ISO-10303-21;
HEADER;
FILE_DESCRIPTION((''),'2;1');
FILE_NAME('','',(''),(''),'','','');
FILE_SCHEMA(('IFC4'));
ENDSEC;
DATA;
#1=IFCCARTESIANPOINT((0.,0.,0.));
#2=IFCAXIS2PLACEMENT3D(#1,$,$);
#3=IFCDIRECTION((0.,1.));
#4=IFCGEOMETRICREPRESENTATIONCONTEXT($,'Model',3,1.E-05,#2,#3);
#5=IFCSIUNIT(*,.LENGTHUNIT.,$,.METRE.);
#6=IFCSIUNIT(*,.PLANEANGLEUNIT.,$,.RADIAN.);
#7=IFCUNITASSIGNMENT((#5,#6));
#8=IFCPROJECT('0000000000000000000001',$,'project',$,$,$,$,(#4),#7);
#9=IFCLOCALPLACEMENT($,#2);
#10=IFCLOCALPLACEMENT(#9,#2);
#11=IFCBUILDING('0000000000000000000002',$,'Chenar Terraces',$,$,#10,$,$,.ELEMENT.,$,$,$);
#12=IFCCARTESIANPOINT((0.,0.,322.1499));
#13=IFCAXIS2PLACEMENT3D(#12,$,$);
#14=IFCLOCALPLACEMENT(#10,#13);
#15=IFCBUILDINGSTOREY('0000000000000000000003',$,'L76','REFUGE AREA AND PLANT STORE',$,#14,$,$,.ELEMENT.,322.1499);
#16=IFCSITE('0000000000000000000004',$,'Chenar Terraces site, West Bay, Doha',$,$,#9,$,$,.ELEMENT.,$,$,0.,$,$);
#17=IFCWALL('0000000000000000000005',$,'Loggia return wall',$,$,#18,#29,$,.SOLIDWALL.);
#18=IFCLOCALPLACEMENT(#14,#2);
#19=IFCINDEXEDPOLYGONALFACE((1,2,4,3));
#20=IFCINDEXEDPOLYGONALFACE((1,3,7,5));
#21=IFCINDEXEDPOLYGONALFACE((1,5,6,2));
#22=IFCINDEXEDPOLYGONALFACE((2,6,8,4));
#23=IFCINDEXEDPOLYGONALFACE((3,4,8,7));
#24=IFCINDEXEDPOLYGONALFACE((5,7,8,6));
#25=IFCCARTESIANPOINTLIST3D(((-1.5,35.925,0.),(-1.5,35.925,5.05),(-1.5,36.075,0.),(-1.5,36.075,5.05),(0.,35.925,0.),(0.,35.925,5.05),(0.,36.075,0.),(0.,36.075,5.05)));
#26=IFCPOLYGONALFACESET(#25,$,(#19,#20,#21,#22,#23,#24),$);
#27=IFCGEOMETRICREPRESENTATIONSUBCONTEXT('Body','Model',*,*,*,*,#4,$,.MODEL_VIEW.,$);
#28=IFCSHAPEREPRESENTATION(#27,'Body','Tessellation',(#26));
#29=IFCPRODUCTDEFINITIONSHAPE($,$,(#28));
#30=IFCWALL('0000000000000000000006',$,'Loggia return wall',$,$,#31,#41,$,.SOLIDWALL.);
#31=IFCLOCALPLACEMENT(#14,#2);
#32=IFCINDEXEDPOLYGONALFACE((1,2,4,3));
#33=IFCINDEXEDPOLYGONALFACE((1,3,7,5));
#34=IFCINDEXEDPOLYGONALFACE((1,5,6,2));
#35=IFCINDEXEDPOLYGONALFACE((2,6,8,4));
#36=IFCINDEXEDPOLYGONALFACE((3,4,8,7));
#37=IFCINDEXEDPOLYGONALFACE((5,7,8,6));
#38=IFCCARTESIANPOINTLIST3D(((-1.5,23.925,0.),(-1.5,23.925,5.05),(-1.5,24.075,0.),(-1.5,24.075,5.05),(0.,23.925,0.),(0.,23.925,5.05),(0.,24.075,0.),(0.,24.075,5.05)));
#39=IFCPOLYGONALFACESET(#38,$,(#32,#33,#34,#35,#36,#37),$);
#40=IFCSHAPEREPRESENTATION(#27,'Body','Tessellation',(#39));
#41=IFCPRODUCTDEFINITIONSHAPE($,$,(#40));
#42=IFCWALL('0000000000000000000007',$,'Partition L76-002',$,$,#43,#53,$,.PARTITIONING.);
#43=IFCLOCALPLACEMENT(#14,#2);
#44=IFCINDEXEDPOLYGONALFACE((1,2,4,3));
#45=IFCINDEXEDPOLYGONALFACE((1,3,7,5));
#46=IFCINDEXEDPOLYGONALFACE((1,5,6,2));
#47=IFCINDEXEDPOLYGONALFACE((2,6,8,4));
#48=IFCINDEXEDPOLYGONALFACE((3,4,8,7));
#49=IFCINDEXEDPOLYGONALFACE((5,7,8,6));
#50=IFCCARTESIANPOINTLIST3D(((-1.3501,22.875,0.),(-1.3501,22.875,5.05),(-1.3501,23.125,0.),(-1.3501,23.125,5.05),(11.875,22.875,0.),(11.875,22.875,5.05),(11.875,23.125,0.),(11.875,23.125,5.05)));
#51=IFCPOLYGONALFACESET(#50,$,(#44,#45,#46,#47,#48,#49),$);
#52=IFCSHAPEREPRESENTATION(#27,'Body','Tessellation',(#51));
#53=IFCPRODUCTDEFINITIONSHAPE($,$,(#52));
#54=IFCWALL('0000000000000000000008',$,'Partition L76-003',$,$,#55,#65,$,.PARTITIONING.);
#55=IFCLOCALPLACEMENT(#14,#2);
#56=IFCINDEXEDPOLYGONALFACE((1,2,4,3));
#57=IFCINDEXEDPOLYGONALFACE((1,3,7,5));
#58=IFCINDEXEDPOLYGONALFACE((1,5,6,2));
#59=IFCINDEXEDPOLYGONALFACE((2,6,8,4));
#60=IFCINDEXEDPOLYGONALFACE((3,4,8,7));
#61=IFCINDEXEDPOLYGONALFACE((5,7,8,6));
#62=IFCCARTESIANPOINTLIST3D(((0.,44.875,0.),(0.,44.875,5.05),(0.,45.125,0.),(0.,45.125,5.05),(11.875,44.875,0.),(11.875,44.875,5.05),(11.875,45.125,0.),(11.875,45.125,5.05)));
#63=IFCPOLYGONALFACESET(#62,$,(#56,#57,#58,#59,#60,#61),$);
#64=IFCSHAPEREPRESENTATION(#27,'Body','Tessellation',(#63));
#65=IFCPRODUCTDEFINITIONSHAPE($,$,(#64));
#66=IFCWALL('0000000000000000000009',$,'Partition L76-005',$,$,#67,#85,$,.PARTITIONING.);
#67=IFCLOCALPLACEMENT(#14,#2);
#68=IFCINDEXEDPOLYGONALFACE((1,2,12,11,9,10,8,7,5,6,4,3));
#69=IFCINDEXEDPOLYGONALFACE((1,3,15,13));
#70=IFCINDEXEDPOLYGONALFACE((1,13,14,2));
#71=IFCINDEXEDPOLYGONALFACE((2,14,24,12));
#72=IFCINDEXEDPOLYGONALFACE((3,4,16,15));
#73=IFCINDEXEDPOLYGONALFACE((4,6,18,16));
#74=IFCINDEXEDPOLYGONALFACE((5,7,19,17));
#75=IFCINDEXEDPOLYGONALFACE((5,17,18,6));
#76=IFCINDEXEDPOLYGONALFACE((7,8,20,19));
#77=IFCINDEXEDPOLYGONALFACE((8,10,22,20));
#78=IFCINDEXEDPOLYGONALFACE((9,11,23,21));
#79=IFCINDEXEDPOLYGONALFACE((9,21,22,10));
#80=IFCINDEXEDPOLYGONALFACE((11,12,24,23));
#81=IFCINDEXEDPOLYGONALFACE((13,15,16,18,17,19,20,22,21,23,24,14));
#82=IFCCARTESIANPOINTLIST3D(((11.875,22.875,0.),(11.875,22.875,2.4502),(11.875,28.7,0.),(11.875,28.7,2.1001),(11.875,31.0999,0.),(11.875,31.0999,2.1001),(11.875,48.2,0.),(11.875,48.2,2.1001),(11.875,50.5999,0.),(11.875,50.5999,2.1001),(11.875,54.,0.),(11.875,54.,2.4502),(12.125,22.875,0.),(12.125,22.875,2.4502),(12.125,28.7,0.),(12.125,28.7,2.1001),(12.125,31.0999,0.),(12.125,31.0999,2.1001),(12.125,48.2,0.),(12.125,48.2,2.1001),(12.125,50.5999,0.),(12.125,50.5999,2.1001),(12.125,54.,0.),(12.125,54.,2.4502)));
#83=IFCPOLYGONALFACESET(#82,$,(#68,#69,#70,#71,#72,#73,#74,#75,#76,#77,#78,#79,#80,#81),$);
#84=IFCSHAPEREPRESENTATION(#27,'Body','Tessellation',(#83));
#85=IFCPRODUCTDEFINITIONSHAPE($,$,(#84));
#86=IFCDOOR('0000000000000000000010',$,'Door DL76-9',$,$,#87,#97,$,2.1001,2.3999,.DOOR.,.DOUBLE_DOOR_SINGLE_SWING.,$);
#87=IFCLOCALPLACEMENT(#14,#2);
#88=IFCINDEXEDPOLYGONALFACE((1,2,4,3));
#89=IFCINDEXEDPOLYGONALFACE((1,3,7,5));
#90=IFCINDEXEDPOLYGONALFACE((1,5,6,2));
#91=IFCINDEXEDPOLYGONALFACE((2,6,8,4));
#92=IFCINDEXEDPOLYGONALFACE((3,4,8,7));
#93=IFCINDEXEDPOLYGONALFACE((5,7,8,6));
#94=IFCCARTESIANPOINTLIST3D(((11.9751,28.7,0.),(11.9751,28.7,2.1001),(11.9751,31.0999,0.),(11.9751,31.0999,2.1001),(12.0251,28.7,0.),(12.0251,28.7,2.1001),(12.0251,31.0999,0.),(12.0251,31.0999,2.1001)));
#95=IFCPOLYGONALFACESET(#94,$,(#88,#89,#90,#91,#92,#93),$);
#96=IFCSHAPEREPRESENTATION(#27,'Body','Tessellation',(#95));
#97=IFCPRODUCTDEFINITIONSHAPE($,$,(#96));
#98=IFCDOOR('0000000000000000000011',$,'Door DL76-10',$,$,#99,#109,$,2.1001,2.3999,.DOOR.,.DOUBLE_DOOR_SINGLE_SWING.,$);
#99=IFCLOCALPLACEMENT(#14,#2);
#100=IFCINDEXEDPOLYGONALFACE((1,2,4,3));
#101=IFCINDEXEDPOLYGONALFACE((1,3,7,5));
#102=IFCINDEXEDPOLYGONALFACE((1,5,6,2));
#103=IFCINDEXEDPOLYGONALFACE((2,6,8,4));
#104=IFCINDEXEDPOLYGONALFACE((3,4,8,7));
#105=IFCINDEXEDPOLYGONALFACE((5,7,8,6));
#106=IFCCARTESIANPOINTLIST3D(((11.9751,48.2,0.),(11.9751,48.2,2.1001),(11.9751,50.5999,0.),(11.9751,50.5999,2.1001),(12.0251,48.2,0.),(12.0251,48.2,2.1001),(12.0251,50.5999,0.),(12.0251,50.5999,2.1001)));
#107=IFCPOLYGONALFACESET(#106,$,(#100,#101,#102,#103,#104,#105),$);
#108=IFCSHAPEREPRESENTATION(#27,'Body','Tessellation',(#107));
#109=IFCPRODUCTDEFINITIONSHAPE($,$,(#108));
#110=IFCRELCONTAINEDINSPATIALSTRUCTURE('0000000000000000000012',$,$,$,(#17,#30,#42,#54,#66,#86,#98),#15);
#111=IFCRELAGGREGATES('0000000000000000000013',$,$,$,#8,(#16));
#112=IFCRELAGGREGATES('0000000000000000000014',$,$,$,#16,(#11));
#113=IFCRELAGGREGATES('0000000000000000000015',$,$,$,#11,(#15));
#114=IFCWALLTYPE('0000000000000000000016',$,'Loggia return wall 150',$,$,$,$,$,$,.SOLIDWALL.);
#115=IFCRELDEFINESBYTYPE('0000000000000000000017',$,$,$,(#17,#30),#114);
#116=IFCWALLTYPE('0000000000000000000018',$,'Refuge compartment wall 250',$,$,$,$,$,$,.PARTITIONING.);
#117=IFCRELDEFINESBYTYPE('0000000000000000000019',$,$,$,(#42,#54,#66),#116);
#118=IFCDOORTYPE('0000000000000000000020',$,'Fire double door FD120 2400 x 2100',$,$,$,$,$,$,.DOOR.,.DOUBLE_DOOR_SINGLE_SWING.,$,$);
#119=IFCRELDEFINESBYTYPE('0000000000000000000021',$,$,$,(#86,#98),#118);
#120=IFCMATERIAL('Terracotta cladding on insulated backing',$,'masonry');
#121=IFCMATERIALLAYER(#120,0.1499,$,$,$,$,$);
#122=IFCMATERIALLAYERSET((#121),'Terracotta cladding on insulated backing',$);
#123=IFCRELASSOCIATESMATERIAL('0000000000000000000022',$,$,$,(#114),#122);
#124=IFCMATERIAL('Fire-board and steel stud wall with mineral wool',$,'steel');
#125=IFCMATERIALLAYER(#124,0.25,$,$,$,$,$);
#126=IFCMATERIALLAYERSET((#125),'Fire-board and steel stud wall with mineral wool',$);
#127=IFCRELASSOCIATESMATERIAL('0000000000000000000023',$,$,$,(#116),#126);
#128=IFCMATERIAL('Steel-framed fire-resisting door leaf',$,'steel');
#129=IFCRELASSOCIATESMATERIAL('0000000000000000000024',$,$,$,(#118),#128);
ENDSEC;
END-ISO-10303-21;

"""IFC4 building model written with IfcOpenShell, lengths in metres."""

from ifc_helpers import new_model, si_unit, direction, frame, frame_2d, origin, place, context, subcontext, project, spatial, rectangle, extrude, material, layer, layer_set, type_object, element, fill, save


model = new_model("IFC4")

# Units and contexts
model_context = context("Model", 3, precision=1e-05, world=origin(), true_north=direction((0.0, 1.0)))
body_context = subcontext(model_context, "Body", "Model", "MODEL_VIEW")
ifc_project = project(units=[si_unit("LENGTHUNIT", "METRE"), si_unit("PLANEANGLEUNIT", "RADIAN")], contexts=[model_context])

# Site, building, storey
site_placement = place(None, origin())
site = spatial("IfcSite", under=ifc_project, at=site_placement, Name="Chenar Terraces site, West Bay, Doha", CompositionType="ELEMENT", RefElevation=0.0)
building_placement = place(site_placement, origin())
building = spatial("IfcBuilding", under=site, at=building_placement, Name="Chenar Terraces", CompositionType="ELEMENT")
storey_placement = place(building_placement, frame((0.0, 0.0, 322.1499)))
storey = spatial("IfcBuildingStorey", under=building, at=storey_placement, Name="L76", Description="REFUGE AREA AND PLANT STORE", CompositionType="ELEMENT", Elevation=322.1499)

# Shared definitions
placement = place(storey_placement, frame((0.0, 45.0, 0.0), z_axis=(0.0, 0.0, 1.0), x_axis=(1.0, 0.0, 0.0)))

# Walls
ifc_material_1 = material(Name="Terracotta cladding on insulated backing", Category="masonry")
ifc_layer_1 = layer(ifc_material_1, 0.1499)
ifc_layer_set_1 = layer_set([ifc_layer_1], Name="Terracotta cladding on insulated backing")
wall_type_1 = type_object("IfcWallType", Name="Loggia return wall 150", PredefinedType="SOLIDWALL", material=ifc_layer_set_1)
for number, where, z_axis, x_axis, name in (
    (1, (-1.5, 36.0, 0.0), (0.0, 0.0, 1.0), (1.0, 0.0, 0.0), "Loggia return wall"),
    (2, (-1.5, 24.0, 0.0), (0.0, 0.0, 1.0), (1.0, 0.0, 0.0), "Loggia return wall"),
):
    element("IfcWall", number, at=place(storey_placement, frame(where, z_axis=z_axis, x_axis=x_axis)), inside=storey, type_object=wall_type_1, Name=name, PredefinedType="SOLIDWALL", context=body_context, shape_type="SweptSolid", body=[
        extrude(rectangle(XDim=1.5, YDim=0.1499, at=frame_2d((0.75, 0.0))), origin(), (0.0, 0.0, 1.0), 5.05),
    ])
ifc_material_2 = material(Name="Fire-board and steel stud wall with mineral wool", Category="steel")
ifc_layer_2 = layer(ifc_material_2, 0.25)
ifc_layer_set_2 = layer_set([ifc_layer_2], Name="Fire-board and steel stud wall with mineral wool")
wall_type_2 = type_object("IfcWallType", Name="Refuge compartment wall 250", PredefinedType="PARTITIONING", material=ifc_layer_set_2)
wall_1_placement = place(storey_placement, frame((-1.3501, 23.0, 0.0), z_axis=(0.0, 0.0, 1.0), x_axis=(1.0, 0.0, 0.0)))
element("IfcWall", 3, at=wall_1_placement, inside=storey, type_object=wall_type_2, Name="Partition L76-002", PredefinedType="PARTITIONING", context=body_context, shape_type="SweptSolid", body=[
    extrude(rectangle(XDim=13.2251, YDim=0.25, at=frame_2d((6.6125, 0.0))), origin(), (0.0, 0.0, 1.0), 5.05),
])
element("IfcWall", 4, at=placement, inside=storey, type_object=wall_type_2, Name="Partition L76-003", PredefinedType="PARTITIONING", context=body_context, shape_type="SweptSolid", body=[
    extrude(rectangle(XDim=11.875, YDim=0.25, at=frame_2d((5.9375, 0.0))), origin(), (0.0, 0.0, 1.0), 5.05),
])

# Wall, openings, doors
wall_2_placement = place(storey_placement, frame((12.0, 22.875, 0.0), z_axis=(0.0, 0.0, 1.0), x_axis=(0.0, 1.0, 0.0)))
wall_2 = element("IfcWall", 5, at=wall_2_placement, inside=storey, type_object=wall_type_2, Name="Partition L76-005", PredefinedType="PARTITIONING", context=body_context, shape_type="SweptSolid", body=[
    extrude(rectangle(XDim=31.125, YDim=0.25, at=frame_2d((15.5625, 0.0))), origin(), (0.0, 0.0, 1.0), 2.4502),
])
opening_1_placement = place(wall_2_placement, frame((5.825, 0.0, 0.0)))
opening_1 = element("IfcOpeningElement", 6, at=opening_1_placement, cuts=wall_2, PredefinedType="OPENING", context=body_context, shape_type="SweptSolid", body=[
    extrude(rectangle(XDim=2.3999, YDim=2.1001, at=frame_2d((1.2, 1.05))), frame((0.0, 0.135, 0.0), z_axis=(0.0, -1.0, 0.0), x_axis=(1.0, 0.0, 0.0)), (0.0, 0.0, 1.0), 0.27),
])
opening_2_placement = place(wall_2_placement, frame((25.325, 0.0, 0.0)))
opening_2 = element("IfcOpeningElement", 7, at=opening_2_placement, cuts=wall_2, PredefinedType="OPENING", context=body_context, shape_type="SweptSolid", body=[
    extrude(rectangle(XDim=2.3999, YDim=2.1001, at=frame_2d((1.2, 1.05))), frame((0.0, 0.135, 0.0), z_axis=(0.0, -1.0, 0.0), x_axis=(1.0, 0.0, 0.0)), (0.0, 0.0, 1.0), 0.27),
])
ifc_material_3 = material(Name="Steel-framed fire-resisting door leaf", Category="steel")
door_type = type_object("IfcDoorType", Name="Fire double door FD120 2400 x 2100", OperationType="DOUBLE_DOOR_SINGLE_SWING", PredefinedType="DOOR", material=ifc_material_3)
door_1_placement = place(opening_1_placement, origin())
door_1 = element("IfcDoor", 8, at=door_1_placement, inside=storey, type_object=door_type, Name="Door DL76-9", OperationType="DOUBLE_DOOR_SINGLE_SWING", OverallHeight=2.1001, OverallWidth=2.3999, PredefinedType="DOOR", context=body_context, shape_type="SweptSolid", body=[
    extrude(rectangle(XDim=2.3999, YDim=2.1001, at=frame_2d((1.2, 1.05))), frame((0.0, 0.0249, 0.0), z_axis=(0.0, -1.0, 0.0), x_axis=(1.0, 0.0, 0.0)), (0.0, 0.0, 1.0), 0.05),
])
fill(opening_1, door_1)
door_2_placement = place(opening_2_placement, origin())
door_2 = element("IfcDoor", 9, at=door_2_placement, inside=storey, type_object=door_type, Name="Door DL76-10", OperationType="DOUBLE_DOOR_SINGLE_SWING", OverallHeight=2.1001, OverallWidth=2.3999, PredefinedType="DOOR", context=body_context, shape_type="SweptSolid", body=[
    extrude(rectangle(XDim=2.3999, YDim=2.1001, at=frame_2d((1.2, 1.05))), frame((0.0, 0.0249, 0.0), z_axis=(0.0, -1.0, 0.0), x_axis=(1.0, 0.0, 0.0)), (0.0, 0.0, 1.0), 0.05),
])
fill(opening_2, door_2)

save(model, "model.ifc")
